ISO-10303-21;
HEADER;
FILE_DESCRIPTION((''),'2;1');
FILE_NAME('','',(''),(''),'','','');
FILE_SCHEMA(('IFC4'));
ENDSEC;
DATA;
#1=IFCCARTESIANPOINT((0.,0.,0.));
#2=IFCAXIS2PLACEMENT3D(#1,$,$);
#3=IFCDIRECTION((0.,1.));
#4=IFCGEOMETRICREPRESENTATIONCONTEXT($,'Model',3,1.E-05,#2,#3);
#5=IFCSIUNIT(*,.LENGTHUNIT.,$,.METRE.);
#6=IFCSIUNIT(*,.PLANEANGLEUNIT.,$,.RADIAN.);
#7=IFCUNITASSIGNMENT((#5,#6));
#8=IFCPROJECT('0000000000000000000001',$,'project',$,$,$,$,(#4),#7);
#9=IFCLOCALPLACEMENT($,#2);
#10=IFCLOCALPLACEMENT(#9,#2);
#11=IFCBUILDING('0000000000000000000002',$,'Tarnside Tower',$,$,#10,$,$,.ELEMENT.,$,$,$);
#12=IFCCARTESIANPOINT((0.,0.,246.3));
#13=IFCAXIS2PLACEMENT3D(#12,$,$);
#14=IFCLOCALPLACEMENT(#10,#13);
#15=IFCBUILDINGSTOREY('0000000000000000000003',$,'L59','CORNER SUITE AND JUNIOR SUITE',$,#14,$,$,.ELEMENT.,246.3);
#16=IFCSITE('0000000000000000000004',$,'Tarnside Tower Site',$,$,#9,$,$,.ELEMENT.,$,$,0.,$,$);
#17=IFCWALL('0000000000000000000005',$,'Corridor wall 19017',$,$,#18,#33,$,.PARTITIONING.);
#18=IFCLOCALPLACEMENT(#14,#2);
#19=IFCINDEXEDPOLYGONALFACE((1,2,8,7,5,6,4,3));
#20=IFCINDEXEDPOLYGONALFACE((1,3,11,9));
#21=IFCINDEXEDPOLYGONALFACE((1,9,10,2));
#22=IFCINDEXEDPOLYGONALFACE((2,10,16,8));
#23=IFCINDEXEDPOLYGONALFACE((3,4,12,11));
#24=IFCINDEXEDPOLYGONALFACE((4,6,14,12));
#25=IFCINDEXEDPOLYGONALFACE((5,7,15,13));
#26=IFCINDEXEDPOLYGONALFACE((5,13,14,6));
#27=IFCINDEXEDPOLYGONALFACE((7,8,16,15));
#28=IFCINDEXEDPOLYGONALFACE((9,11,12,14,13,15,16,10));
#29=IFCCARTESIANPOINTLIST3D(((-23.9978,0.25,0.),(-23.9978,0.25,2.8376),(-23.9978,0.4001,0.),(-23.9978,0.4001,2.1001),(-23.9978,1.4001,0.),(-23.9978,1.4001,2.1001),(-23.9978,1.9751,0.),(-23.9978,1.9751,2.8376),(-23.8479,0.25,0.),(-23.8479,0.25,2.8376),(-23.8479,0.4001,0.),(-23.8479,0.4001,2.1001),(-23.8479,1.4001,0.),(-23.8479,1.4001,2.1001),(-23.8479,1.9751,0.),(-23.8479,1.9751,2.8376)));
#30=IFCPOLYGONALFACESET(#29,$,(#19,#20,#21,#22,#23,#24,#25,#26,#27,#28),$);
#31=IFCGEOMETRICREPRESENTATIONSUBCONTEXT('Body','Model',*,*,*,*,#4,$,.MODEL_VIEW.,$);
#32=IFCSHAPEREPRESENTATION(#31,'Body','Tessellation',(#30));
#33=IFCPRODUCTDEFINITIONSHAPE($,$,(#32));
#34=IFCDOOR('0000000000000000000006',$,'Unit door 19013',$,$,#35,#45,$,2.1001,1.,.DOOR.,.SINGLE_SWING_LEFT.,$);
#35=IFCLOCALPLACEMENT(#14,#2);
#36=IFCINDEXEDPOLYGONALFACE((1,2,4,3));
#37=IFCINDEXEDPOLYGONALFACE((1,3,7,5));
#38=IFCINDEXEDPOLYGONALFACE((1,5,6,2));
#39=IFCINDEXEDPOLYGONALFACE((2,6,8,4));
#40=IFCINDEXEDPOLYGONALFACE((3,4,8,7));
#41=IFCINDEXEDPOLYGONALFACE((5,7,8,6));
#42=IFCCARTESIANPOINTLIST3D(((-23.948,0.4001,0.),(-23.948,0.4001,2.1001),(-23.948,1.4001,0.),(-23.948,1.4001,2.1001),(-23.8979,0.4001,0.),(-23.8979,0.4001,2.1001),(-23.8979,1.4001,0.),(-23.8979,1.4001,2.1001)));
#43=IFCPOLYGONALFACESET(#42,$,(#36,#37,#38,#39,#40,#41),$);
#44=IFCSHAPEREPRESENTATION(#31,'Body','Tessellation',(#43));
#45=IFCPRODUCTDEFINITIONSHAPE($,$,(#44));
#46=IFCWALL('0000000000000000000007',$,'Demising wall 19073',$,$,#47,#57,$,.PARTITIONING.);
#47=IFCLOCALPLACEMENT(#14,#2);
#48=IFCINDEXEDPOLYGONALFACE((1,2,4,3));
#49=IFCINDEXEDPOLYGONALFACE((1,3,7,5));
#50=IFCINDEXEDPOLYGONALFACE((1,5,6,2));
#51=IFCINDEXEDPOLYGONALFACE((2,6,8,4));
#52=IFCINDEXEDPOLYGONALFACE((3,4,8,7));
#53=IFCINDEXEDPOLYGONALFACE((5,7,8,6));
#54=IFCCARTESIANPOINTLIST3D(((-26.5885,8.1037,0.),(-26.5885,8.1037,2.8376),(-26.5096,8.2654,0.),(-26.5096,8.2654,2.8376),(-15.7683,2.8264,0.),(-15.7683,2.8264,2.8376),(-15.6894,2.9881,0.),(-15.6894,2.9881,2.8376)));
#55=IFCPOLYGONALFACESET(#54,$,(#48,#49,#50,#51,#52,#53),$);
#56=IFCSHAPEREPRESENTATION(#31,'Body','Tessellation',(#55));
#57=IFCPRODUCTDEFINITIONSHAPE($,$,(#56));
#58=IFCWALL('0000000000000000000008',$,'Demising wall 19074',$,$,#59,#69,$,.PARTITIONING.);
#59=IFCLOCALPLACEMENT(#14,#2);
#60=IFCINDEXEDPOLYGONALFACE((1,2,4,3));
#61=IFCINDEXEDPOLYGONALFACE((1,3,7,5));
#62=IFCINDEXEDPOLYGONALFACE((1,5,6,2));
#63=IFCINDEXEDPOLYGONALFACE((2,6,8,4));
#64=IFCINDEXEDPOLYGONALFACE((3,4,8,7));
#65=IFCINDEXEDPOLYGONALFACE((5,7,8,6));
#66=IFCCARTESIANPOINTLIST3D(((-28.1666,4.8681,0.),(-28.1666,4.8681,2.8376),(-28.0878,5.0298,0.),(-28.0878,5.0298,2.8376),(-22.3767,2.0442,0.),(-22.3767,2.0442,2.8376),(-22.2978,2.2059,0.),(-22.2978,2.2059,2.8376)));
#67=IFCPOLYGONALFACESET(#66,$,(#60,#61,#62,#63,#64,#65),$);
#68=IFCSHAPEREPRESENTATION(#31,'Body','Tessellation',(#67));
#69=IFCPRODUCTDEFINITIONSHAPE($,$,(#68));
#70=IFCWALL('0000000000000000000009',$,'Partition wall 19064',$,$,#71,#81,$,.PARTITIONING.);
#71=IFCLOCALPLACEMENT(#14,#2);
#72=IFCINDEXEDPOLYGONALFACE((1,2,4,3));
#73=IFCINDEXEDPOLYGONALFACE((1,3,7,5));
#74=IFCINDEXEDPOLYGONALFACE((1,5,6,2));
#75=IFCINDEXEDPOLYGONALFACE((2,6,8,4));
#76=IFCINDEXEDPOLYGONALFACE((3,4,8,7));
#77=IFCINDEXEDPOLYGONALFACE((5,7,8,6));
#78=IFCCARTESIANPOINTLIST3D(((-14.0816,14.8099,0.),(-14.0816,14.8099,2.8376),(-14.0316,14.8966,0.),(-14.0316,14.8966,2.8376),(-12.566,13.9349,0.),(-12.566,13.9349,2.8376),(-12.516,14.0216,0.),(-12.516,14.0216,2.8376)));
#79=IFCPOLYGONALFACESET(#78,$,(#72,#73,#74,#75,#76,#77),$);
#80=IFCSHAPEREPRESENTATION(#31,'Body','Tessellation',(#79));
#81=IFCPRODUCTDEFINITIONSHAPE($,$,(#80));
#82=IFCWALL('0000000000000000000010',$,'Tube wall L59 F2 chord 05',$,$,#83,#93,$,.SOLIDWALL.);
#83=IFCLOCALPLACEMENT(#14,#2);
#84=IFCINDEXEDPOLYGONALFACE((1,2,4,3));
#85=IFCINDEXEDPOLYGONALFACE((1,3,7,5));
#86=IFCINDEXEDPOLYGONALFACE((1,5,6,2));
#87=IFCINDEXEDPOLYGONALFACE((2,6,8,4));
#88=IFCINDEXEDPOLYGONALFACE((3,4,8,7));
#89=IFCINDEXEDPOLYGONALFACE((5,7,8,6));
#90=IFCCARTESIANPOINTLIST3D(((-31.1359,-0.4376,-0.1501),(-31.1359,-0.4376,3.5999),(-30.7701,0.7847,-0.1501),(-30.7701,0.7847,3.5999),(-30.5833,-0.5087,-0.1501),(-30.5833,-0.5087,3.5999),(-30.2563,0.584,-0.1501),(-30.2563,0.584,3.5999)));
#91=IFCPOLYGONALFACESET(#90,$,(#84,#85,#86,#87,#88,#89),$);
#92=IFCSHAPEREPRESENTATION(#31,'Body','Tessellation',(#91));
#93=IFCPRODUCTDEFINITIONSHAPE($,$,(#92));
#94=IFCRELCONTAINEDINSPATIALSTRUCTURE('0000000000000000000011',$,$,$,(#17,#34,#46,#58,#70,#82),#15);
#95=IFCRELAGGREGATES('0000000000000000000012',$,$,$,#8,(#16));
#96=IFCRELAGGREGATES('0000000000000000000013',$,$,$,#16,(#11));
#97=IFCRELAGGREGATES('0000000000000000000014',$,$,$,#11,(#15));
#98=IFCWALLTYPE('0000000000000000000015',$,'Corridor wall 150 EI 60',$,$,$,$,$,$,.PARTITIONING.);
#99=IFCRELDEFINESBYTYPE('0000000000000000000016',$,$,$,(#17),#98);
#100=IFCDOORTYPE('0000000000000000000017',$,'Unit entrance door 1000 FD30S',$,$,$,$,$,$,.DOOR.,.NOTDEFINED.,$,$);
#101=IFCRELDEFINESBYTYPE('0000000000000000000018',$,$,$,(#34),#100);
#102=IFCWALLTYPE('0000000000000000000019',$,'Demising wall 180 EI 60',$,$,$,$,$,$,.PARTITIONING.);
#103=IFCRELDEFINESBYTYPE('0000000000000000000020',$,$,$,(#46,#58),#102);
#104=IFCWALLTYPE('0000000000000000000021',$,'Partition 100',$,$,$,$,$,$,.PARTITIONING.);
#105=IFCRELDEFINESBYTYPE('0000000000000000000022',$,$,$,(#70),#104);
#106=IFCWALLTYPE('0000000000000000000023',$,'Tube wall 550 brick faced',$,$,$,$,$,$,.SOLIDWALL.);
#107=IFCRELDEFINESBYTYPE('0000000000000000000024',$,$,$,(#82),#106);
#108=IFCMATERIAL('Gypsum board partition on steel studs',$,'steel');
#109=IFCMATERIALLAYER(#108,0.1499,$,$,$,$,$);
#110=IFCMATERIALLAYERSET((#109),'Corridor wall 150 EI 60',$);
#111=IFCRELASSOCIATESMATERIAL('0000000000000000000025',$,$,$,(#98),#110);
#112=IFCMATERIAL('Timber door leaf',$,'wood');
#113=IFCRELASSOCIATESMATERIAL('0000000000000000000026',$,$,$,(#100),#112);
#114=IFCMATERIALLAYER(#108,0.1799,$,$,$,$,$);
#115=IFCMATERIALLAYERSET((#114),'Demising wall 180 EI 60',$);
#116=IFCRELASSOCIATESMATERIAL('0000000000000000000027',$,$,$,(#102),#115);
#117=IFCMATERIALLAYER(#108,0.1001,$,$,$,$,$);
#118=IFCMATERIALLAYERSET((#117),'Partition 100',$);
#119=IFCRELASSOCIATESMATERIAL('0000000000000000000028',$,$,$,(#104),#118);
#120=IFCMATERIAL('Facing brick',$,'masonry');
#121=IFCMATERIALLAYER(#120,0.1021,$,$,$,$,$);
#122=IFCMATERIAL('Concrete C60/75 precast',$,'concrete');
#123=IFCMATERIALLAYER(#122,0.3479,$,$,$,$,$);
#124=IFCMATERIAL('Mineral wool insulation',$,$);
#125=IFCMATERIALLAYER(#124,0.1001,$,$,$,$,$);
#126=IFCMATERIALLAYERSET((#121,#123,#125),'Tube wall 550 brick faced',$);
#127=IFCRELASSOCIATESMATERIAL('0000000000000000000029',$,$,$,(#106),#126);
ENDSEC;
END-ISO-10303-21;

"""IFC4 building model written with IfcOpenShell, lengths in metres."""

from ifc_helpers import new_model, si_unit, direction, frame, frame_2d, origin, place, context, subcontext, project, spatial, polyline, rectangle, outline, extrude, material, layer, layer_set, type_object, element, fill, save


model = new_model("IFC4")

# Units and contexts
model_context = context("Model", 3, precision=1e-05, world=origin(), true_north=direction((0.0, 1.0)))
body_context = subcontext(model_context, "Body", "Model", "MODEL_VIEW")
ifc_project = project(units=[si_unit("LENGTHUNIT", "METRE"), si_unit("PLANEANGLEUNIT", "RADIAN")], contexts=[model_context])

# Site, building, storey
site_placement = place(None, origin())
site = spatial("IfcSite", under=ifc_project, at=site_placement, Name="Tarnside Tower Site", CompositionType="ELEMENT", RefElevation=0.0)
building_placement = place(site_placement, origin())
building = spatial("IfcBuilding", under=site, at=building_placement, Name="Tarnside Tower", CompositionType="ELEMENT")
storey_placement = place(building_placement, frame((0.0, 0.0, 246.3)))
storey = spatial("IfcBuildingStorey", under=building, at=storey_placement, Name="L59", Description="CORNER SUITE AND JUNIOR SUITE", CompositionType="ELEMENT", Elevation=246.3)

# Shared definitions
ifc_material_1 = material(Name="Gypsum board partition on steel studs", Category="steel")
ifc_material_2 = material(Name="Timber door leaf", Category="wood")

# Wall, opening, door
ifc_layer_1 = layer(ifc_material_1, 0.1499)
ifc_layer_set_1 = layer_set([ifc_layer_1], Name="Corridor wall 150 EI 60")
wall_type_1 = type_object("IfcWallType", Name="Corridor wall 150 EI 60", PredefinedType="PARTITIONING", material=ifc_layer_set_1)
door_type_1 = type_object("IfcDoorType", Name="Unit entrance door 1000 FD30S", OperationType="NOTDEFINED", PredefinedType="DOOR", material=ifc_material_2)
wall_1_placement = place(storey_placement, frame((-23.9229, 1.9751, 0.0), z_axis=(0.0, 0.0, 1.0), x_axis=(0.0, -1.0, 0.0)))
wall_1 = element("IfcWall", 1, at=wall_1_placement, inside=storey, type_object=wall_type_1, Name="Corridor wall 19017", PredefinedType="PARTITIONING", context=body_context, shape_type="SweptSolid", body=[
    extrude(rectangle(XDim=1.7251, YDim=0.1499, at=frame_2d((0.8625, 0.0))), origin(), (0.0, 0.0, 1.0), 2.8376),
])
opening_1_placement = place(wall_1_placement, frame((0.575, 0.0, 0.0)))
opening_1 = element("IfcOpeningElement", 2, at=opening_1_placement, cuts=wall_1, PredefinedType="OPENING", context=body_context, shape_type="SweptSolid", body=[
    extrude(rectangle(XDim=1.0, YDim=2.1001, at=frame_2d((0.5, 1.05))), frame((0.0, 0.085, 0.0), z_axis=(0.0, -1.0, 0.0), x_axis=(1.0, 0.0, 0.0)), (0.0, 0.0, 1.0), 0.1699),
])
door_1_placement = place(opening_1_placement, origin())
door_1 = element("IfcDoor", 3, at=door_1_placement, inside=storey, type_object=door_type_1, Name="Unit door 19013", OperationType="SINGLE_SWING_LEFT", OverallHeight=2.1001, OverallWidth=1.0, PredefinedType="DOOR", context=body_context, shape_type="SweptSolid", body=[
    extrude(rectangle(XDim=1.0, YDim=2.1001, at=frame_2d((0.5, 1.05))), frame((0.0, 0.0249, 0.0), z_axis=(0.0, -1.0, 0.0), x_axis=(1.0, 0.0, 0.0)), (0.0, 0.0, 1.0), 0.05),
])
fill(opening_1, door_1)

# Walls
ifc_layer_2 = layer(ifc_material_1, 0.1799)
ifc_layer_set_2 = layer_set([ifc_layer_2], Name="Demising wall 180 EI 60")
wall_type_2 = type_object("IfcWallType", Name="Demising wall 180 EI 60", PredefinedType="PARTITIONING", material=ifc_layer_set_2)
wall_2_placement = place(storey_placement, frame((-26.5491, 8.1846, 0.0), z_axis=(0.0, 0.0, 1.0), x_axis=(0.898797, -0.438366, 0.0)))
element("IfcWall", 4, at=wall_2_placement, inside=storey, type_object=wall_type_2, Name="Demising wall 19073", PredefinedType="PARTITIONING", context=body_context, shape_type="SweptSolid", body=[
    extrude(rectangle(XDim=12.0386, YDim=0.1799, at=frame_2d((6.0193, 0.0))), origin(), (0.0, 0.0, 1.0), 2.8376),
])
wall_3_placement = place(storey_placement, frame((-28.1272, 4.949, 0.0), z_axis=(0.0, 0.0, 1.0), x_axis=(0.898795, -0.438369, 0.0)))
element("IfcWall", 5, at=wall_3_placement, inside=storey, type_object=wall_type_2, Name="Demising wall 19074", PredefinedType="PARTITIONING", context=body_context, shape_type="SweptSolid", body=[
    extrude(rectangle(XDim=6.4419, YDim=0.1799, at=frame_2d((3.2209, 0.0))), origin(), (0.0, 0.0, 1.0), 2.8376),
])
ifc_layer_3 = layer(ifc_material_1, 0.1001)
ifc_layer_set_3 = layer_set([ifc_layer_3], Name="Partition 100")
wall_type_3 = type_object("IfcWallType", Name="Partition 100", PredefinedType="PARTITIONING", material=ifc_layer_set_3)
wall_4_placement = place(storey_placement, frame((-12.541, 13.9783, 0.0), z_axis=(0.0, 0.0, 1.0), x_axis=(-0.866037, 0.49998, 0.0)))
element("IfcWall", 6, at=wall_4_placement, inside=storey, type_object=wall_type_3, Name="Partition wall 19064", PredefinedType="PARTITIONING", context=body_context, shape_type="SweptSolid", body=[
    extrude(rectangle(XDim=1.75, YDim=0.1001, at=frame_2d((0.875, 0.0))), origin(), (0.0, 0.0, 1.0), 2.8376),
])
ifc_material_3 = material(Name="Facing brick", Category="masonry")
ifc_layer_4 = layer(ifc_material_3, 0.1021)
ifc_material_4 = material(Name="Concrete C60/75 precast", Category="concrete")
ifc_layer_5 = layer(ifc_material_4, 0.3479)
ifc_material_5 = material(Name="Mineral wool insulation")
ifc_layer_6 = layer(ifc_material_5, 0.1001)
ifc_layer_set_4 = layer_set([ifc_layer_4, ifc_layer_5, ifc_layer_6], Name="Tube wall 550 brick faced")
wall_type_4 = type_object("IfcWallType", Name="Tube wall 550 brick faced", PredefinedType="SOLIDWALL", material=ifc_layer_set_4)
wall_5_placement = place(storey_placement, frame((-30.5132, 0.6843, -0.1501), z_axis=(0.0, 0.0, 1.0), x_axis=(-0.286736, -0.95801, 0.0)))
element("IfcWall", 7, at=wall_5_placement, inside=storey, type_object=wall_type_4, Name="Tube wall L59 F2 chord 05", PredefinedType="SOLIDWALL", context=body_context, shape_type="SweptSolid", body=[
    extrude(outline(polyline([(-0.0225, -0.2749), (1.2534, -0.2749), (1.1631, 0.2749), (0.0225, 0.2749), (-0.0225, -0.2749)])), origin(), (0.0, 0.0, 1.0), 3.75),
])

save(model, "model.ifc")
